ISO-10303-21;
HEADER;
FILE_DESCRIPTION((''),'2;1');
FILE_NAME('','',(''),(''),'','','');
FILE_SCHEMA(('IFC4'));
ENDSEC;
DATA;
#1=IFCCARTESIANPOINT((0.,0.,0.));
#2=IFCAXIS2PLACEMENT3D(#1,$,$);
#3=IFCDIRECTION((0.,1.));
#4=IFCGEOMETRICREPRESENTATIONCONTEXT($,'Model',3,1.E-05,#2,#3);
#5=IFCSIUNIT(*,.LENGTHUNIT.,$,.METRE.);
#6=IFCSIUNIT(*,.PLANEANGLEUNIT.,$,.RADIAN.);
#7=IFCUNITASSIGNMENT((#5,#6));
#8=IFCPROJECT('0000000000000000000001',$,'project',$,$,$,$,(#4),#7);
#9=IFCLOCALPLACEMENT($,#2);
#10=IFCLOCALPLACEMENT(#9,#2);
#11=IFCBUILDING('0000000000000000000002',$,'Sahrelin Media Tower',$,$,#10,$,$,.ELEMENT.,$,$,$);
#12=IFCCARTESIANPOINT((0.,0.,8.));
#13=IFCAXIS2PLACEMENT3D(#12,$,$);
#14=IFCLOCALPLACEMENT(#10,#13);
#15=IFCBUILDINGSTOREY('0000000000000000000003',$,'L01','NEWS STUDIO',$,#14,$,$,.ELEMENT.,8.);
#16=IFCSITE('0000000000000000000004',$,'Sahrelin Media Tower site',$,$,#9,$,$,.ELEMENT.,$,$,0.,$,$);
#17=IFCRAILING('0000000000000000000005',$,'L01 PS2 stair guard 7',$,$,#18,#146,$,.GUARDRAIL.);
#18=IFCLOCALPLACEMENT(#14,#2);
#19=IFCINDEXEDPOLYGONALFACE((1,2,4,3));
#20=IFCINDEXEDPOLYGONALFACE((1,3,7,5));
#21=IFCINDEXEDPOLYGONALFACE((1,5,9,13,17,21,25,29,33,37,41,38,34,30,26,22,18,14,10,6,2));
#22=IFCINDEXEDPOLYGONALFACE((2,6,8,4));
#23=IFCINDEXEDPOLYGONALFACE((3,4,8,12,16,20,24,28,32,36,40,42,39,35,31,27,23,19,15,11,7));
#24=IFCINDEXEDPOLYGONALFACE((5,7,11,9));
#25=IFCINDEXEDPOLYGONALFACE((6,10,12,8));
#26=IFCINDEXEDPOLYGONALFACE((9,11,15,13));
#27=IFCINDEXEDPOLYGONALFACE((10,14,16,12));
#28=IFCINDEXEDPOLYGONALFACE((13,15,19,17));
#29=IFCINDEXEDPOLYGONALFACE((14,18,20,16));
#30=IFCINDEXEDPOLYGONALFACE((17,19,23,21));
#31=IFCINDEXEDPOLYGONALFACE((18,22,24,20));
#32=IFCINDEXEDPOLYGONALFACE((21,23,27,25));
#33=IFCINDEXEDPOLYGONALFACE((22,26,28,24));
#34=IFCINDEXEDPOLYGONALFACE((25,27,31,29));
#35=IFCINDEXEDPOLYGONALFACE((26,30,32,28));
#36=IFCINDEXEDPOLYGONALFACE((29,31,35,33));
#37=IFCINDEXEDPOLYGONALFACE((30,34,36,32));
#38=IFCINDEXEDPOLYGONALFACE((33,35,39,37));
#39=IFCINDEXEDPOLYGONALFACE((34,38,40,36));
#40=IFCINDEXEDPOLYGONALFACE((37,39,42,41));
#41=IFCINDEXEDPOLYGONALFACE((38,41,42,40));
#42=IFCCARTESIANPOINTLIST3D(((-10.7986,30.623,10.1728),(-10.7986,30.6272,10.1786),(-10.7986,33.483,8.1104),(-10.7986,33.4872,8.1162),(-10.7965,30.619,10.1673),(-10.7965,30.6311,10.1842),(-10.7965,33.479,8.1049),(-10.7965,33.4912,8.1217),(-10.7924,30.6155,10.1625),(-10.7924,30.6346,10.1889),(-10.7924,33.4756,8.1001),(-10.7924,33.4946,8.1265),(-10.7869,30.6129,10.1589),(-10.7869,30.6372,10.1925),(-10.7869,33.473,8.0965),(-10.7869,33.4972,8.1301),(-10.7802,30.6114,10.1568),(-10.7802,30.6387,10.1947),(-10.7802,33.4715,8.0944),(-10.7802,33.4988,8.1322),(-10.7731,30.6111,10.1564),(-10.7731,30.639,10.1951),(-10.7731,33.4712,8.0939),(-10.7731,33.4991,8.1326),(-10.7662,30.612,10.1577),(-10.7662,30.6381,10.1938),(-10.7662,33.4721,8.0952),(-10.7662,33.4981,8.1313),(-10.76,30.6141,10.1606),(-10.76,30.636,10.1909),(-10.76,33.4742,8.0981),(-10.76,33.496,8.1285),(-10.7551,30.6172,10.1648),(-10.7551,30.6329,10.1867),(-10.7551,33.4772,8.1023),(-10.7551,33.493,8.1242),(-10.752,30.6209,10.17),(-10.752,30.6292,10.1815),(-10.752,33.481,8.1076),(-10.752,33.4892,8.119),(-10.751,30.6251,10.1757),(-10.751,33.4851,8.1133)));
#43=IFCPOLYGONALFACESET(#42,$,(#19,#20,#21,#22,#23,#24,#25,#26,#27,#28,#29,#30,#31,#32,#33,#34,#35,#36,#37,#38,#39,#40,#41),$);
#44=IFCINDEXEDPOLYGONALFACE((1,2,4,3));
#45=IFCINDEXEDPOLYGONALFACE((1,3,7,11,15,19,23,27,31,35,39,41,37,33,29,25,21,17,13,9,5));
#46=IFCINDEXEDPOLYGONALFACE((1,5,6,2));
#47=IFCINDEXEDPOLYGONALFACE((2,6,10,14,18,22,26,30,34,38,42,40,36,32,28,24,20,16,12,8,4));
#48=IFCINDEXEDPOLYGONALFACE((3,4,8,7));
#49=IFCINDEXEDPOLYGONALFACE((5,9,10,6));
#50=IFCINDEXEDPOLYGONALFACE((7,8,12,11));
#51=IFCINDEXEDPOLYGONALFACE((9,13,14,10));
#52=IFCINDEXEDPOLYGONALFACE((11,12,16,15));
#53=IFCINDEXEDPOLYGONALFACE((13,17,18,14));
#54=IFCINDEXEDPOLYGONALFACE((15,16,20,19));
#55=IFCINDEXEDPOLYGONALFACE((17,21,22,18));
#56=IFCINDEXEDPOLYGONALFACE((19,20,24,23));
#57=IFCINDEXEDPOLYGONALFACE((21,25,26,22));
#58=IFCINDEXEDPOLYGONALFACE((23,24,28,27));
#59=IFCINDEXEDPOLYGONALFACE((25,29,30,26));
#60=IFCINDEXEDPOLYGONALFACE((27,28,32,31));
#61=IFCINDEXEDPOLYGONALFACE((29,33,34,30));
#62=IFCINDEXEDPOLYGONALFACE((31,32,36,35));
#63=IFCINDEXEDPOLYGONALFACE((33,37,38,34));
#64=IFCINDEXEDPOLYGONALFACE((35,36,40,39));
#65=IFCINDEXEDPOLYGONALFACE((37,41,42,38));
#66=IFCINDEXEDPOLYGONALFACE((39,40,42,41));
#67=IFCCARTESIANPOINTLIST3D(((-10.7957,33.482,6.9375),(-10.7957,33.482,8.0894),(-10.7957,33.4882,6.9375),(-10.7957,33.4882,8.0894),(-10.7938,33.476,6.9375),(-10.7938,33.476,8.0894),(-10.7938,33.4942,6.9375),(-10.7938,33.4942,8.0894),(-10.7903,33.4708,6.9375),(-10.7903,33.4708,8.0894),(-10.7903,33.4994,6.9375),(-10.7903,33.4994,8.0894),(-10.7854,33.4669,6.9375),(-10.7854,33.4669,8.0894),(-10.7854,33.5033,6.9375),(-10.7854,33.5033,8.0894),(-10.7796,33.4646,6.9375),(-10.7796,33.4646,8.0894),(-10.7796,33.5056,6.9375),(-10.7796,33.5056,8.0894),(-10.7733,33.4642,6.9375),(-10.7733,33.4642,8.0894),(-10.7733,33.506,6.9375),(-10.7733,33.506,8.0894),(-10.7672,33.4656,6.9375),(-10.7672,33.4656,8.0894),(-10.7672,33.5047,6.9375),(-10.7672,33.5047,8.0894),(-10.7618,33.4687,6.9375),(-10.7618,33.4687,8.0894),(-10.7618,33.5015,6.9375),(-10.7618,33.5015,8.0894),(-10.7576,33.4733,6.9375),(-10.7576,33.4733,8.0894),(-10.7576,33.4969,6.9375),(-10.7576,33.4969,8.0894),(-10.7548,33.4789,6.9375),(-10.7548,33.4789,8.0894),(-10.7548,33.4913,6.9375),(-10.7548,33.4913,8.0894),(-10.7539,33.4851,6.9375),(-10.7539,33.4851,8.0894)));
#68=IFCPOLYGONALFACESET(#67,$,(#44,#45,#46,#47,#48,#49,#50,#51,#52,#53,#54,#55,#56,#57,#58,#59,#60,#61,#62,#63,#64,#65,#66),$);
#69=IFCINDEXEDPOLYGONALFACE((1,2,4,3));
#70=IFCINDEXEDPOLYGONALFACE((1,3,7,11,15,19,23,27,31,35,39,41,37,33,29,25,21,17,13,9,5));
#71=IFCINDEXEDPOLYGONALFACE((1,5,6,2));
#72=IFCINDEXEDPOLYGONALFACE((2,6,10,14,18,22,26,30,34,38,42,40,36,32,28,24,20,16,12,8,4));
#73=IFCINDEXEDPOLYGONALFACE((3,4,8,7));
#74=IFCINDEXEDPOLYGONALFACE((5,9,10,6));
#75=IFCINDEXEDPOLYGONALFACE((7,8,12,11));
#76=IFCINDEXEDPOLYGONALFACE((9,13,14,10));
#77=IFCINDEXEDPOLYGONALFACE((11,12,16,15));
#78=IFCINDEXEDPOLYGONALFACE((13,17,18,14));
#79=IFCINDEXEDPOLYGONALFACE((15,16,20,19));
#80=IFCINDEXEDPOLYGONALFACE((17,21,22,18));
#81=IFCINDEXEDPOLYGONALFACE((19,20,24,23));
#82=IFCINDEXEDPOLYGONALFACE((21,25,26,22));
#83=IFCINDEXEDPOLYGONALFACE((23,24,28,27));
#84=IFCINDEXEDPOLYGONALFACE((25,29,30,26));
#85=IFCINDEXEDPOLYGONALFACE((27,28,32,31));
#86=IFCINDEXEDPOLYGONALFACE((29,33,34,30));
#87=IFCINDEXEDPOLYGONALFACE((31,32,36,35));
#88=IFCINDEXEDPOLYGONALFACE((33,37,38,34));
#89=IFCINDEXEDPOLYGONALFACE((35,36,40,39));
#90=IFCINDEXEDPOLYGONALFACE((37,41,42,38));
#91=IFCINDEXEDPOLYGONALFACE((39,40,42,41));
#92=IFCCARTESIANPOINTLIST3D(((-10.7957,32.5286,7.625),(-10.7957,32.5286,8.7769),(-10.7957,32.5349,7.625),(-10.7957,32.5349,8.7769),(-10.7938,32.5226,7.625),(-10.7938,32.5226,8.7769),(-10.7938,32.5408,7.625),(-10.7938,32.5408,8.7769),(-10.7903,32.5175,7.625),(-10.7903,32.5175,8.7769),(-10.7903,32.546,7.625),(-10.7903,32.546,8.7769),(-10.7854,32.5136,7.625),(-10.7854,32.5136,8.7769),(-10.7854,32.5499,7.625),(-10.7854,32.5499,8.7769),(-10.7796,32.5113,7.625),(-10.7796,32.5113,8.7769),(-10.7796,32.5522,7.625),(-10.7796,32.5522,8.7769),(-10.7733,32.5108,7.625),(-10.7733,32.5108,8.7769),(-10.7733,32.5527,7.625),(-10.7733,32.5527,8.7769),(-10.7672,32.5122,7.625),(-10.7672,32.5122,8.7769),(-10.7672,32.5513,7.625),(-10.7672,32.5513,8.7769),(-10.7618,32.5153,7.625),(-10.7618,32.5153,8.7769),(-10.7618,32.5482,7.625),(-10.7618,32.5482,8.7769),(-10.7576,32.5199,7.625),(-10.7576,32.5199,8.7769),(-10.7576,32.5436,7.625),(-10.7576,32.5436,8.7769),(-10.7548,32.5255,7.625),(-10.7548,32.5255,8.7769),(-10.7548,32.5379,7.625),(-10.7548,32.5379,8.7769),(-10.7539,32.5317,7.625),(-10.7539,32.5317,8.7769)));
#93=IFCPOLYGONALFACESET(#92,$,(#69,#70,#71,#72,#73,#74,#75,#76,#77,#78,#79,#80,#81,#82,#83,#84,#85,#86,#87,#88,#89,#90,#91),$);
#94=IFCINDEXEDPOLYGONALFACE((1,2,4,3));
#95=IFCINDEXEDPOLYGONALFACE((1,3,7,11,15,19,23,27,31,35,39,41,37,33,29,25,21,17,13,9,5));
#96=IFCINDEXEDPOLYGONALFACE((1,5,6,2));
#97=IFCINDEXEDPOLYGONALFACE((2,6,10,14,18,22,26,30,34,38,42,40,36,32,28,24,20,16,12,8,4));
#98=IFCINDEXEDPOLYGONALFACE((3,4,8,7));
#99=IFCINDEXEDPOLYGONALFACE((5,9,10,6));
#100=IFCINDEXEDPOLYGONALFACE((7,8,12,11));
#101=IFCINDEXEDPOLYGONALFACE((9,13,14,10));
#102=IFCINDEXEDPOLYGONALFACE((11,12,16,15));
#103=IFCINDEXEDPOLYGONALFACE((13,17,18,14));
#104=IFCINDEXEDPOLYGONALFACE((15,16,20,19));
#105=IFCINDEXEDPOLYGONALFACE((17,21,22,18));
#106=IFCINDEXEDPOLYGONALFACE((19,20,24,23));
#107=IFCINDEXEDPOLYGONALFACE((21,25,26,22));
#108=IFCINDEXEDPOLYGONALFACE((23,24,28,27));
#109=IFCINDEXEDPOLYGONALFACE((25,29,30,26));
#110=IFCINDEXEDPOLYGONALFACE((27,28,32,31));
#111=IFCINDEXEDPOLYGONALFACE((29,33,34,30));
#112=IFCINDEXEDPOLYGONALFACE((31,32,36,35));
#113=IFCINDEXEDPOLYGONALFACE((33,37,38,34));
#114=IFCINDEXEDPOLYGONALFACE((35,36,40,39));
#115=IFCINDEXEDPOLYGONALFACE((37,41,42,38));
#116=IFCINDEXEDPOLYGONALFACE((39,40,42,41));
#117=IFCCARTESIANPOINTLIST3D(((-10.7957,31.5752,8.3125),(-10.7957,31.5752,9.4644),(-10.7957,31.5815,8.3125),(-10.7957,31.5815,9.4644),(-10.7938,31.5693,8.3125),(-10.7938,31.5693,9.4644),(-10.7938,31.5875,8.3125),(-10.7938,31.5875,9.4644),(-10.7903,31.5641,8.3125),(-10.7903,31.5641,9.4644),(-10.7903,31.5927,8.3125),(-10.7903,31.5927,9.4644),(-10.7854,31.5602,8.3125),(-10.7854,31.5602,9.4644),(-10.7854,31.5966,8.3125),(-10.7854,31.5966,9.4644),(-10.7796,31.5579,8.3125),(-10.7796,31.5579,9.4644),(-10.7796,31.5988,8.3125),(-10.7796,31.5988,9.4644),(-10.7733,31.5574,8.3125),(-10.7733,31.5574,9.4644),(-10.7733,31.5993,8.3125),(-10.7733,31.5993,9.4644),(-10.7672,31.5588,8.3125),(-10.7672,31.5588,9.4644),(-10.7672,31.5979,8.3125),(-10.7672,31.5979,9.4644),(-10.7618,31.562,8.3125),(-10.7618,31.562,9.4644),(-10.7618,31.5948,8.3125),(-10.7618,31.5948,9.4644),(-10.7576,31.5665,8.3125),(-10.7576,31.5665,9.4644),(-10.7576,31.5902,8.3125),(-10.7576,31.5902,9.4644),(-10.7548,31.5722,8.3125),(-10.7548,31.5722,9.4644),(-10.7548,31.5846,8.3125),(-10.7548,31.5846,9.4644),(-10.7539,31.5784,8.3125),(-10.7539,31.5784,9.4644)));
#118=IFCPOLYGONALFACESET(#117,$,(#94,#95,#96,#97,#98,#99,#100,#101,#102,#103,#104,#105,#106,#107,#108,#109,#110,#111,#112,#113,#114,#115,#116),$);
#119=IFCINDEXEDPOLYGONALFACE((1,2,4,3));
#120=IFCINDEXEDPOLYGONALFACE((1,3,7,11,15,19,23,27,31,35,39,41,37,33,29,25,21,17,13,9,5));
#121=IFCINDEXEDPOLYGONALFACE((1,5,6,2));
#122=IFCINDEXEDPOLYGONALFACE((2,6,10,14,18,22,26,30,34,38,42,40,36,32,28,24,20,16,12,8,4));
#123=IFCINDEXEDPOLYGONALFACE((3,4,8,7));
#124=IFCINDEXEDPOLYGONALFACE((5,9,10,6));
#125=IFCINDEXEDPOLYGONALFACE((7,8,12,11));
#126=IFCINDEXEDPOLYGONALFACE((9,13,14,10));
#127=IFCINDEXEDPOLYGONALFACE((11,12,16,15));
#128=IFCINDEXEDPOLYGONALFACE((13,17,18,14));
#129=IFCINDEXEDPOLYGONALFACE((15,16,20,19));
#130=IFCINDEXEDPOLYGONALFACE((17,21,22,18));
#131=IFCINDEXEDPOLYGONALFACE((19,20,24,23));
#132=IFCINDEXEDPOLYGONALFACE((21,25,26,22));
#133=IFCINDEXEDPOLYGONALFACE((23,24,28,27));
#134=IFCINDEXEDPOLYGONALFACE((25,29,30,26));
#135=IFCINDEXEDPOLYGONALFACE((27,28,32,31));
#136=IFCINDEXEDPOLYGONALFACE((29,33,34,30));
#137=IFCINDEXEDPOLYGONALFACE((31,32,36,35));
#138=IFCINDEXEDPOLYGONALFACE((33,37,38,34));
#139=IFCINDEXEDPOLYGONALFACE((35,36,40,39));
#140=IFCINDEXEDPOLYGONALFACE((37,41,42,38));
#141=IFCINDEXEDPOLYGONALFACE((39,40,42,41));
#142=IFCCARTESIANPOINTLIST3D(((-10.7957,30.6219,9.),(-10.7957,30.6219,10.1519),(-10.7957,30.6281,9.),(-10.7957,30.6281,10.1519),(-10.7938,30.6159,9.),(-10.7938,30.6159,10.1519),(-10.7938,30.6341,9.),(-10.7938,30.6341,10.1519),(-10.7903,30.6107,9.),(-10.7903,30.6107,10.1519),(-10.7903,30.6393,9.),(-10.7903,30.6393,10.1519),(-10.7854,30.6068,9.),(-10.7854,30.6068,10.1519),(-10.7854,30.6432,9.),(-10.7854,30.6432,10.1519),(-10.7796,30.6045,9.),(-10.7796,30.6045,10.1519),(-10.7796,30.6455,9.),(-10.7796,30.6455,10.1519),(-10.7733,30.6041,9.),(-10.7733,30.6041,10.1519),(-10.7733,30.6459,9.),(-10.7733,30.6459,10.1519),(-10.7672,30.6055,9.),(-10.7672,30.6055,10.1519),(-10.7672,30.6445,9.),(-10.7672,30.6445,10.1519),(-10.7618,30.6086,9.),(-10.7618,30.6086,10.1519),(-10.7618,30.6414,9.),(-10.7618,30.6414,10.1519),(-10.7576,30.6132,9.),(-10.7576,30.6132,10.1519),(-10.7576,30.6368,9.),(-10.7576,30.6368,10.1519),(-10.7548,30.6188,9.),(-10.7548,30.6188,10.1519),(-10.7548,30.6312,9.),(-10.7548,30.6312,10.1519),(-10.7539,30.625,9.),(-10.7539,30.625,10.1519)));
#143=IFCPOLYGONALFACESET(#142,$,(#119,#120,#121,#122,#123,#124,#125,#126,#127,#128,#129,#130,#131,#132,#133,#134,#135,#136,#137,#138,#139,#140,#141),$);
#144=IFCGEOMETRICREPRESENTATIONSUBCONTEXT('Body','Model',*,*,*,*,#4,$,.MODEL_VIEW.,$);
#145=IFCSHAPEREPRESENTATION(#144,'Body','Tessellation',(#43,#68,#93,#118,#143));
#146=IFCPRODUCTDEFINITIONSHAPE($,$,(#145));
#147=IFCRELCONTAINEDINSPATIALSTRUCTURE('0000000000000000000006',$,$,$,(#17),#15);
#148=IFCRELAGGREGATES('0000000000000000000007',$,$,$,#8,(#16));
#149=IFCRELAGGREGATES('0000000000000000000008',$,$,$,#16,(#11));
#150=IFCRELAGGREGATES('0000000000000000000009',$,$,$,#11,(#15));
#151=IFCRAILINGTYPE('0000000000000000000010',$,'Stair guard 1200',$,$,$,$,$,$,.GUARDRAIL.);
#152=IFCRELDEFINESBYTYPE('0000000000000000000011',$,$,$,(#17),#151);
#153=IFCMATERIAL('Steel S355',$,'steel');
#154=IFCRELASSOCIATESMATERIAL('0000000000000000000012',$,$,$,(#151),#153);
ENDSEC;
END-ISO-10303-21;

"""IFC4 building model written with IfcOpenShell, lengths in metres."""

from ifc_helpers import new_model, si_unit, direction, frame, origin, origin_2d, place, context, subcontext, project, spatial, circle, extrude, material, type_object, element, save


model = new_model("IFC4")

# Units and contexts
model_context = context("Model", 3, precision=1e-05, world=origin(), true_north=direction((0.0, 1.0)))
body_context = subcontext(model_context, "Body", "Model", "MODEL_VIEW")
ifc_project = project(units=[si_unit("LENGTHUNIT", "METRE"), si_unit("PLANEANGLEUNIT", "RADIAN")], contexts=[model_context])

# Site, building, storey
site_placement = place(None, origin())
site = spatial("IfcSite", under=ifc_project, at=site_placement, Name="Sahrelin Media Tower site", CompositionType="ELEMENT", RefElevation=0.0)
building_placement = place(site_placement, origin())
building = spatial("IfcBuilding", under=site, at=building_placement, Name="Sahrelin Media Tower", CompositionType="ELEMENT")
storey_placement = place(building_placement, frame((0.0, 0.0, 8.0)))
storey = spatial("IfcBuildingStorey", under=building, at=storey_placement, Name="L01", Description="NEWS STUDIO", CompositionType="ELEMENT", Elevation=8.0)

# Shared definitions
ifc_material_1 = material(Name="Steel S355", Category="steel")

# Railing
railing_type_1 = type_object("IfcRailingType", Name="Stair guard 1200", PredefinedType="GUARDRAIL", material=ifc_material_1)
railing_1_placement = place(storey_placement, frame((-10.7749, 33.4851, 6.9375)))
element("IfcRailing", 1, at=railing_1_placement, inside=storey, type_object=railing_type_1, Name="L01 PS2 stair guard 7", PredefinedType="GUARDRAIL", context=body_context, shape_type="SweptSolid", body=[
    extrude(circle(Radius=0.0239, at=origin_2d()), frame((0.0, 0.0, 1.1758), z_axis=(0.0, -0.811101, 0.584906), x_axis=(1.0, 0.0, 0.0)), (0.0, 0.0, 1.0), 3.5261),
    extrude(circle(Radius=0.021, at=origin_2d()), origin(), (0.0, 0.0, 1.0), 1.1519),
    extrude(circle(Radius=0.021, at=origin_2d()), frame((0.0, -0.9534, 0.6875)), (0.0, 0.0, 1.0), 1.1519),
    extrude(circle(Radius=0.021, at=origin_2d()), frame((0.0, -1.9067, 1.375)), (0.0, 0.0, 1.0), 1.1519),
    extrude(circle(Radius=0.021, at=origin_2d()), frame((0.0, -2.8601, 2.0625)), (0.0, 0.0, 1.0), 1.1519),
])

save(model, "model.ifc")
